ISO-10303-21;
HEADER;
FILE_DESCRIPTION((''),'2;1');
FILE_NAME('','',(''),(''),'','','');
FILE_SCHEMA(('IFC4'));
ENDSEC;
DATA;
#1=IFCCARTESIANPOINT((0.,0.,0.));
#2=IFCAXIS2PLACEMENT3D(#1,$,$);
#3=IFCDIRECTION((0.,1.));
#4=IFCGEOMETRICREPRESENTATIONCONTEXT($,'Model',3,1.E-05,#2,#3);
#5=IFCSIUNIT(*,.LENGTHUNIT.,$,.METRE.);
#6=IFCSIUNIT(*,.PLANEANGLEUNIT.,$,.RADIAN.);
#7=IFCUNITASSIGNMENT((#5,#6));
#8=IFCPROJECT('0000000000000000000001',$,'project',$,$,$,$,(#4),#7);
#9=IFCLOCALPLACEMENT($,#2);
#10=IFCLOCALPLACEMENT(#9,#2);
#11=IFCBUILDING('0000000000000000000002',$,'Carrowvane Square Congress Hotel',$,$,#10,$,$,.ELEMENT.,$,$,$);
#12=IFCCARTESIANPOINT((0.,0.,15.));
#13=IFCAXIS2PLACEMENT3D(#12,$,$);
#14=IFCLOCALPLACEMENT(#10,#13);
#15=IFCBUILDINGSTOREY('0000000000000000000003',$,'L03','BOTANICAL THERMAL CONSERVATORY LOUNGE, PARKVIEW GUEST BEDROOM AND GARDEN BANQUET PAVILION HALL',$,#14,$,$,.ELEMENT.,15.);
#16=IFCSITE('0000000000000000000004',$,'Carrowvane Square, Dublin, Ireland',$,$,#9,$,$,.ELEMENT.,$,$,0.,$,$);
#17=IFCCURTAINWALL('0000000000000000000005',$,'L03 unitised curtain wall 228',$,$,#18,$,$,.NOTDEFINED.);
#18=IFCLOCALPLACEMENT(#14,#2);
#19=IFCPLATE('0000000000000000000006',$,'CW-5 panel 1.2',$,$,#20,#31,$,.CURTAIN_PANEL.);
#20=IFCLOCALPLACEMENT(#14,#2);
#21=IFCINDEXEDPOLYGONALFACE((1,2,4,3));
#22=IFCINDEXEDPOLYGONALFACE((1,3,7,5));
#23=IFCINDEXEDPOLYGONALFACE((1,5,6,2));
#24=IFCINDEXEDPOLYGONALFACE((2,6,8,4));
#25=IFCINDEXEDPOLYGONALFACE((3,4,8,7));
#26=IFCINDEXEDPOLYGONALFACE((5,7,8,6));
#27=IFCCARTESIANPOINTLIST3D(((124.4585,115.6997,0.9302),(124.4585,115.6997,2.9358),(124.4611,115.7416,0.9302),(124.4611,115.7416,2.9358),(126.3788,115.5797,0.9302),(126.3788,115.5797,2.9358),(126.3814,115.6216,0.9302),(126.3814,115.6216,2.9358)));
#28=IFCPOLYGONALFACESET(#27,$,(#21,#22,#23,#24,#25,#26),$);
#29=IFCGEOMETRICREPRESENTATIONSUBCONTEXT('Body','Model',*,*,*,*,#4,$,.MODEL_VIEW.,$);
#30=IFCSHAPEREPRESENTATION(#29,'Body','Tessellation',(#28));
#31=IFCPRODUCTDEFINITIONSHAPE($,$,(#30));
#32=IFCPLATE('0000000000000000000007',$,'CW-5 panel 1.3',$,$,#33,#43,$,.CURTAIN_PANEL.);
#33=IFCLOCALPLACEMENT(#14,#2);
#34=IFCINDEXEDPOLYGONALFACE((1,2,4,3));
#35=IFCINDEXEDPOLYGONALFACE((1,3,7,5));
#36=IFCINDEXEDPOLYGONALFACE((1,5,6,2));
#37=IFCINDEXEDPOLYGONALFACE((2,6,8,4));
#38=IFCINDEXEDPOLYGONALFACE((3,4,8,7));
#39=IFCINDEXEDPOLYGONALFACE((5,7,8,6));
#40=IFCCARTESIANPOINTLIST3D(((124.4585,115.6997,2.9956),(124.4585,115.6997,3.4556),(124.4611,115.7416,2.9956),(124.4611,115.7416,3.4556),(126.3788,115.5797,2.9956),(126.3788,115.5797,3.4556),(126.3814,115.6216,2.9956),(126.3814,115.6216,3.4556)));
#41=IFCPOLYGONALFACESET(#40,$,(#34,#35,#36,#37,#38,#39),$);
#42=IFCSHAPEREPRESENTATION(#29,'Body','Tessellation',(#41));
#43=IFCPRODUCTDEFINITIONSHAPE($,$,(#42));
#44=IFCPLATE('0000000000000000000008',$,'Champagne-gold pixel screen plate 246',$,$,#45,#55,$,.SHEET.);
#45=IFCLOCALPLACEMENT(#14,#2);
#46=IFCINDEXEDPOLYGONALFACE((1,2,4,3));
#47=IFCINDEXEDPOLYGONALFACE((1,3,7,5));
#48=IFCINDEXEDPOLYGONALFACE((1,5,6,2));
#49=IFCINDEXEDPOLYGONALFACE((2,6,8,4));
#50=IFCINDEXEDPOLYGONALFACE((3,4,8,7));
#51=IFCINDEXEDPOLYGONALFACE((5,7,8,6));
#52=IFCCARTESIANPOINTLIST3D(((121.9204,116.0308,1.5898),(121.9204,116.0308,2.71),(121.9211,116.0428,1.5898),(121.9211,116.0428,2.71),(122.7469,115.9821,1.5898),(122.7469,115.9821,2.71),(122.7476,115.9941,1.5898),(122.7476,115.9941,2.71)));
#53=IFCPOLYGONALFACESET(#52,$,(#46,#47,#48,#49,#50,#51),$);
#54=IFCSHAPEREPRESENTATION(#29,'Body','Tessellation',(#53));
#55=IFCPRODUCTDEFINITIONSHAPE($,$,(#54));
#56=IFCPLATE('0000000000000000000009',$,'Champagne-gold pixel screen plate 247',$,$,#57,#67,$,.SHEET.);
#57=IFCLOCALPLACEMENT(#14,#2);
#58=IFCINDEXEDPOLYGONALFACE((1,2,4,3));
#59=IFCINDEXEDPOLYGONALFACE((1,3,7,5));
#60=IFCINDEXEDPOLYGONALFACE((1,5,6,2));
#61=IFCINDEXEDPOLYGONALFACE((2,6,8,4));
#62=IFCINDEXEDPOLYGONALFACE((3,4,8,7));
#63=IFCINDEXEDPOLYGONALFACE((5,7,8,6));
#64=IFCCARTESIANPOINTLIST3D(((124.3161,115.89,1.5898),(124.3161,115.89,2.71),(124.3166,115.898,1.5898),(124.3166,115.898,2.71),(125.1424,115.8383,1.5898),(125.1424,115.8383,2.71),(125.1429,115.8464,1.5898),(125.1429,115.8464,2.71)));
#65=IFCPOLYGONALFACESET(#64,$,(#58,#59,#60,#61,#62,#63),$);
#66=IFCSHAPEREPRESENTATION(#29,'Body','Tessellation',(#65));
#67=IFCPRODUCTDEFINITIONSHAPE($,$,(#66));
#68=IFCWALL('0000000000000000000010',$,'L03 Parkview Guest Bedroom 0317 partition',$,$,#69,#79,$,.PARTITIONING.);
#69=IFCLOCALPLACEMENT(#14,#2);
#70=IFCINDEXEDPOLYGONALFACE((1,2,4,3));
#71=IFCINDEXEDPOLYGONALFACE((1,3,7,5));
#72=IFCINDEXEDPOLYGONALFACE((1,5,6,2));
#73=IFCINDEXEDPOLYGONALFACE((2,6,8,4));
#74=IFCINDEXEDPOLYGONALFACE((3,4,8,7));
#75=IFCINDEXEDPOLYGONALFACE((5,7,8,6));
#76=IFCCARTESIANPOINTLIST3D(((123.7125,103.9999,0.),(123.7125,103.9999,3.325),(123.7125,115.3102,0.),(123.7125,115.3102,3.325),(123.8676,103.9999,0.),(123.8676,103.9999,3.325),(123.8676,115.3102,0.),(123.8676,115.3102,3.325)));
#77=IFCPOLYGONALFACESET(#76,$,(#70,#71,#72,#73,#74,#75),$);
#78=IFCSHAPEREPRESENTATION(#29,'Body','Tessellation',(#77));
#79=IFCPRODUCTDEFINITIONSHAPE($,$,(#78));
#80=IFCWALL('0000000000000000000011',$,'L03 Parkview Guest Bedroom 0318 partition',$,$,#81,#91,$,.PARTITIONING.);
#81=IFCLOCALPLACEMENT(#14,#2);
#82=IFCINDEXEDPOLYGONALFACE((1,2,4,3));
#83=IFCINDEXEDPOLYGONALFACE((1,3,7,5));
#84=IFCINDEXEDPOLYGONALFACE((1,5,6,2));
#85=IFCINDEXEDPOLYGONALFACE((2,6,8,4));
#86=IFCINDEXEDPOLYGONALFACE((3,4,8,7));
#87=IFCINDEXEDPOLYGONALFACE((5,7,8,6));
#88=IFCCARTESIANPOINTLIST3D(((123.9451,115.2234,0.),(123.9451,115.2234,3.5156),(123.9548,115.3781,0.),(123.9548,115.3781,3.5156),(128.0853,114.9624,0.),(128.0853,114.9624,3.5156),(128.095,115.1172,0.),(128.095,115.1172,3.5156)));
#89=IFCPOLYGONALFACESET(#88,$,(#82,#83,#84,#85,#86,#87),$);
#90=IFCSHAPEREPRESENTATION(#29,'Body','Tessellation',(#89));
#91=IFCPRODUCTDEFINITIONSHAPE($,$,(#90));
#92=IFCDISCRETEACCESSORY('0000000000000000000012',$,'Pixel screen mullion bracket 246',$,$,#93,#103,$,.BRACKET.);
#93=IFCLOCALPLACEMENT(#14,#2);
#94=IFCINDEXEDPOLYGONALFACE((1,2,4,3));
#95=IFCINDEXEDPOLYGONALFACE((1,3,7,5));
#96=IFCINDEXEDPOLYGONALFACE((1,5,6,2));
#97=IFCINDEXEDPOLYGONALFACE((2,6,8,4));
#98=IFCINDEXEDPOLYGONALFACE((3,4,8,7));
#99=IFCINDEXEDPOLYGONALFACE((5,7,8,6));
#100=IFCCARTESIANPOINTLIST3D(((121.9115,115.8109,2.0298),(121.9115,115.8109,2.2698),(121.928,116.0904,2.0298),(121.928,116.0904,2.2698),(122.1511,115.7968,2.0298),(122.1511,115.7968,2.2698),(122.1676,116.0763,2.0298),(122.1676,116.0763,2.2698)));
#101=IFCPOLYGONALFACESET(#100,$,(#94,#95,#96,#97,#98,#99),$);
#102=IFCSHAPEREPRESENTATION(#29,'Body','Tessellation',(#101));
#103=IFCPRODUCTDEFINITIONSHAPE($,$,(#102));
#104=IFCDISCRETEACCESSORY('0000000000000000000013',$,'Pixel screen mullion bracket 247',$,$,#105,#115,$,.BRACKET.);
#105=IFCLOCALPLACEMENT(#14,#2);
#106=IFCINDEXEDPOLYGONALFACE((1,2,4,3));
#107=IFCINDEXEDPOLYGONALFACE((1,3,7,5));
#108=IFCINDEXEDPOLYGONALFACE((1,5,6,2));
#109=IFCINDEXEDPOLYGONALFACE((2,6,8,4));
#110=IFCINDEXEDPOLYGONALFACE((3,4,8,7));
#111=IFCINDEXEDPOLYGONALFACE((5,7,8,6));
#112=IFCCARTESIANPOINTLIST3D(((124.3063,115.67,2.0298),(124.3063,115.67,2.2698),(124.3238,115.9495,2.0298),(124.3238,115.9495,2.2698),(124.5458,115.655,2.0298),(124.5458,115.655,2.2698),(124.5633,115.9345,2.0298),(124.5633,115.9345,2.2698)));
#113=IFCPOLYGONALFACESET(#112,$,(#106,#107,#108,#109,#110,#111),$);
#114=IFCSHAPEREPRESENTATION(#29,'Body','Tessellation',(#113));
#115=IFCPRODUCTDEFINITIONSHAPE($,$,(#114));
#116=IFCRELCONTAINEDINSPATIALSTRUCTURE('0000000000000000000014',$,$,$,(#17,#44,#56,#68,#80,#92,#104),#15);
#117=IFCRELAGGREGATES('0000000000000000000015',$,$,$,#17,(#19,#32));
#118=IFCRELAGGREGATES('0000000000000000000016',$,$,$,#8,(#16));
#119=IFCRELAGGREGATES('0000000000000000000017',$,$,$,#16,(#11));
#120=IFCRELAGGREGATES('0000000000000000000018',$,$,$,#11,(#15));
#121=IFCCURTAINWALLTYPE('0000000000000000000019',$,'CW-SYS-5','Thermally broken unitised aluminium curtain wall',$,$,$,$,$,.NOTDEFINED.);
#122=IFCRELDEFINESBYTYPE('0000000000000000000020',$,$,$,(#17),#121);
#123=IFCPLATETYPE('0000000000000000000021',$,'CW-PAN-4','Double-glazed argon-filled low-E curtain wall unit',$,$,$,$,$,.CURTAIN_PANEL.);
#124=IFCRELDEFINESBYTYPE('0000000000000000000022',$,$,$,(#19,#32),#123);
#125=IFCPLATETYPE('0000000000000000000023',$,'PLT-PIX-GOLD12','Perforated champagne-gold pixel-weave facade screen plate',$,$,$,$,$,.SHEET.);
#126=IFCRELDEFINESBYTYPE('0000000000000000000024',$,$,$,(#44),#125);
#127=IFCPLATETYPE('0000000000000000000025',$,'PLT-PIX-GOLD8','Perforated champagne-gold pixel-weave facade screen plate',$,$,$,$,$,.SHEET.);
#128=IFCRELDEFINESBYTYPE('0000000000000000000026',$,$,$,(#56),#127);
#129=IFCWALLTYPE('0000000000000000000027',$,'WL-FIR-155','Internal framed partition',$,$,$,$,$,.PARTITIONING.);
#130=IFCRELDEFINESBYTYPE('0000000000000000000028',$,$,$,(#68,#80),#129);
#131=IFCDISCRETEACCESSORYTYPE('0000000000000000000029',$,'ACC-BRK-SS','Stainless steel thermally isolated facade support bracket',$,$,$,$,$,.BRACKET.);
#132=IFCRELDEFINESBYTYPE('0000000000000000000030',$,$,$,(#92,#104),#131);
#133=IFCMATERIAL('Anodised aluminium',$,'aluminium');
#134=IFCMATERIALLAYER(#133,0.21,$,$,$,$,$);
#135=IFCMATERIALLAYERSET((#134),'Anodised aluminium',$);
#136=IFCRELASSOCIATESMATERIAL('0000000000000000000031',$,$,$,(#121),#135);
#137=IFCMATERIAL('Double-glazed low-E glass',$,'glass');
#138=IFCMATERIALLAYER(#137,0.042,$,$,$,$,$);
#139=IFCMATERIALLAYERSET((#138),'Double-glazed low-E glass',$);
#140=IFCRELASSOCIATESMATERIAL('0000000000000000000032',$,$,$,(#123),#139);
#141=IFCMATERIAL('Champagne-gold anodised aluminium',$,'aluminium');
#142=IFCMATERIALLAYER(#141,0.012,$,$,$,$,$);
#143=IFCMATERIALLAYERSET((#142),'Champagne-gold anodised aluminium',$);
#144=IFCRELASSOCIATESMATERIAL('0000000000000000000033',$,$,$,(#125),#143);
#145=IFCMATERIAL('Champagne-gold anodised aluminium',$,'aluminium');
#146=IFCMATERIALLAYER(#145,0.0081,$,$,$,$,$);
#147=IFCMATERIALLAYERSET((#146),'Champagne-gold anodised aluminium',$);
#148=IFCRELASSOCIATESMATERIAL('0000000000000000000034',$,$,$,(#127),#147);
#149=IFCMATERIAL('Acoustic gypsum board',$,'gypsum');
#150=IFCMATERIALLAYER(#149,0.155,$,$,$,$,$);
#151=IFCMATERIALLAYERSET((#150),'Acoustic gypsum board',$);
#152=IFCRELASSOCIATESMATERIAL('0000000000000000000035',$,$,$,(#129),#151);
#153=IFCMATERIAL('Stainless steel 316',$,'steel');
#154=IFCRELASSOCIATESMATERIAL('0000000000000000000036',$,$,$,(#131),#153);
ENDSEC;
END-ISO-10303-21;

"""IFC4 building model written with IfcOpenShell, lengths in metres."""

from ifc_helpers import new_model, si_unit, direction, frame, frame_2d, origin, origin_2d, place, context, subcontext, project, spatial, rectangle, extrude, material, layer, layer_set, type_object, element, aggregate, save


model = new_model("IFC4")

# Units and contexts
model_context = context("Model", 3, precision=1e-05, world=origin(), true_north=direction((0.0, 1.0)))
body_context = subcontext(model_context, "Body", "Model", "MODEL_VIEW")
ifc_project = project(units=[si_unit("LENGTHUNIT", "METRE"), si_unit("PLANEANGLEUNIT", "RADIAN")], contexts=[model_context])

# Site, building, storey
site_placement = place(None, origin())
site = spatial("IfcSite", under=ifc_project, at=site_placement, Name="Carrowvane Square, Dublin, Ireland", CompositionType="ELEMENT", RefElevation=0.0)
building_placement = place(site_placement, origin())
building = spatial("IfcBuilding", under=site, at=building_placement, Name="Carrowvane Square Congress Hotel", CompositionType="ELEMENT")
storey_placement = place(building_placement, frame((0.0, 0.0, 15.0)))
storey = spatial("IfcBuildingStorey", under=building, at=storey_placement, Name="L03", Description="BOTANICAL THERMAL CONSERVATORY LOUNGE, PARKVIEW GUEST BEDROOM AND GARDEN BANQUET PAVILION HALL", CompositionType="ELEMENT", Elevation=15.0)

# Curtain wall
ifc_material_1 = material(Name="Anodised aluminium", Category="aluminium")
ifc_layer_1 = layer(ifc_material_1, 0.21)
ifc_layer_set_1 = layer_set([ifc_layer_1], Name="Anodised aluminium")
curtain_wall_type_1 = type_object("IfcCurtainWallType", Name="CW-SYS-5", Description="Thermally broken unitised aluminium curtain wall", PredefinedType="NOTDEFINED", material=ifc_layer_set_1)
curtain_wall_1_placement = place(storey_placement, origin())
curtain_wall_1 = element("IfcCurtainWall", 1, at=curtain_wall_1_placement, inside=storey, type_object=curtain_wall_type_1, Name="L03 unitised curtain wall 228", PredefinedType="NOTDEFINED")

# Plates
ifc_material_2 = material(Name="Double-glazed low-E glass", Category="glass")
ifc_layer_2 = layer(ifc_material_2, 0.042)
ifc_layer_set_2 = layer_set([ifc_layer_2], Name="Double-glazed low-E glass")
plate_type_1 = type_object("IfcPlateType", Name="CW-PAN-4", Description="Double-glazed argon-filled low-E curtain wall unit", PredefinedType="CURTAIN_PANEL", material=ifc_layer_set_2)
plate_1_placement = place(storey_placement, frame((125.4199, 115.6606, 0.9302), z_axis=(0.0, 0.0, 1.0), x_axis=(0.998051, -0.062397, 0.0)))
plate_1 = element("IfcPlate", 2, at=plate_1_placement, type_object=plate_type_1, Name="CW-5 panel 1.2", PredefinedType="CURTAIN_PANEL", context=body_context, shape_type="SweptSolid", body=[
    extrude(rectangle(XDim=1.9241, YDim=0.042, at=origin_2d()), origin(), (0.0, 0.0, 1.0), 2.0056),
])
plate_2_placement = place(storey_placement, frame((125.4199, 115.6606, 2.9956), z_axis=(0.0, 0.0, 1.0), x_axis=(0.998051, -0.062397, 0.0)))
plate_2 = element("IfcPlate", 3, at=plate_2_placement, type_object=plate_type_1, Name="CW-5 panel 1.3", PredefinedType="CURTAIN_PANEL", context=body_context, shape_type="SweptSolid", body=[
    extrude(rectangle(XDim=1.9241, YDim=0.042, at=origin_2d()), origin(), (0.0, 0.0, 1.0), 0.46),
])
aggregate(curtain_wall_1, [plate_1, plate_2])

# Plates
ifc_material_3 = material(Name="Champagne-gold anodised aluminium", Category="aluminium")
ifc_layer_3 = layer(ifc_material_3, 0.012)
ifc_layer_set_3 = layer_set([ifc_layer_3], Name="Champagne-gold anodised aluminium")
plate_type_2 = type_object("IfcPlateType", Name="PLT-PIX-GOLD12", Description="Perforated champagne-gold pixel-weave facade screen plate", PredefinedType="SHEET", material=ifc_layer_set_3)
plate_3_placement = place(storey_placement, frame((122.334, 116.0125, 1.5898), z_axis=(0.0, 0.0, 1.0), x_axis=(0.998267, -0.058852, 0.0)))
element("IfcPlate", 4, at=plate_3_placement, inside=storey, type_object=plate_type_2, Name="Champagne-gold pixel screen plate 246", PredefinedType="SHEET", context=body_context, shape_type="SweptSolid", body=[
    extrude(rectangle(XDim=0.8279, YDim=0.012, at=origin_2d()), origin(), (0.0, 0.0, 1.0), 1.1201),
])
ifc_material_4 = material(Name="Champagne-gold anodised aluminium", Category="aluminium")
ifc_layer_4 = layer(ifc_material_4, 0.0081)
ifc_layer_set_4 = layer_set([ifc_layer_4], Name="Champagne-gold anodised aluminium")
plate_type_3 = type_object("IfcPlateType", Name="PLT-PIX-GOLD8", Description="Perforated champagne-gold pixel-weave facade screen plate", PredefinedType="SHEET", material=ifc_layer_set_4)
plate_4_placement = place(storey_placement, frame((124.7295, 115.8682, 1.5898), z_axis=(0.0, 0.0, 1.0), x_axis=(0.998051, -0.062397, 0.0)))
element("IfcPlate", 5, at=plate_4_placement, inside=storey, type_object=plate_type_3, Name="Champagne-gold pixel screen plate 247", PredefinedType="SHEET", context=body_context, shape_type="SweptSolid", body=[
    extrude(rectangle(XDim=0.8279, YDim=0.0081, at=origin_2d()), origin(), (0.0, 0.0, 1.0), 1.1201),
])

# Walls
ifc_material_5 = material(Name="Acoustic gypsum board", Category="gypsum")
ifc_layer_5 = layer(ifc_material_5, 0.155)
ifc_layer_set_5 = layer_set([ifc_layer_5], Name="Acoustic gypsum board")
wall_type = type_object("IfcWallType", Name="WL-FIR-155", Description="Internal framed partition", PredefinedType="PARTITIONING", material=ifc_layer_set_5)
wall_1_placement = place(storey_placement, frame((123.79, 115.3103, 0.0), z_axis=(0.0, 0.0, 1.0), x_axis=(0.0, -1.0, 0.0)))
element("IfcWall", 6, at=wall_1_placement, inside=storey, type_object=wall_type, Name="L03 Parkview Guest Bedroom 0317 partition", PredefinedType="PARTITIONING", context=body_context, shape_type="SweptSolid", body=[
    extrude(rectangle(XDim=11.3103, YDim=0.155, at=frame_2d((5.6553, 0.0))), origin(), (0.0, 0.0, 1.0), 3.325),
])
wall_2_placement = place(storey_placement, frame((123.95, 115.3008, 0.0), z_axis=(0.0, 0.0, 1.0), x_axis=(0.998019, -0.062913, 0.0)))
element("IfcWall", 7, at=wall_2_placement, inside=storey, type_object=wall_type, Name="L03 Parkview Guest Bedroom 0318 partition", PredefinedType="PARTITIONING", context=body_context, shape_type="SweptSolid", body=[
    extrude(rectangle(XDim=4.1484, YDim=0.155, at=frame_2d((2.0742, 0.0))), origin(), (0.0, 0.0, 1.0), 3.5156),
])

# Discrete accessories
ifc_material_6 = material(Name="Stainless steel 316", Category="steel")
discrete_accessory_type = type_object("IfcDiscreteAccessoryType", Name="ACC-BRK-SS", Description="Stainless steel thermally isolated facade support bracket", PredefinedType="BRACKET", material=ifc_material_6)
for number, where, z_axis, x_axis, name in (
    (8, (122.0396, 115.9436, 2.0298), (0.0, 0.0, 1.0), (0.998267, -0.058852, 0.0), "Pixel screen mullion bracket 246"),
    (9, (124.4348, 115.8022, 2.0298), (0.0, 0.0, 1.0), (0.998051, -0.062397, 0.0), "Pixel screen mullion bracket 247"),
):
    element("IfcDiscreteAccessory", number, at=place(storey_placement, frame(where, z_axis=z_axis, x_axis=x_axis)), inside=storey, type_object=discrete_accessory_type, Name=name, PredefinedType="BRACKET", context=body_context, shape_type="SweptSolid", body=[
        extrude(rectangle(XDim=0.24, YDim=0.28, at=origin_2d()), origin(), (0.0, 0.0, 1.0), 0.24),
    ])

save(model, "model.ifc")
